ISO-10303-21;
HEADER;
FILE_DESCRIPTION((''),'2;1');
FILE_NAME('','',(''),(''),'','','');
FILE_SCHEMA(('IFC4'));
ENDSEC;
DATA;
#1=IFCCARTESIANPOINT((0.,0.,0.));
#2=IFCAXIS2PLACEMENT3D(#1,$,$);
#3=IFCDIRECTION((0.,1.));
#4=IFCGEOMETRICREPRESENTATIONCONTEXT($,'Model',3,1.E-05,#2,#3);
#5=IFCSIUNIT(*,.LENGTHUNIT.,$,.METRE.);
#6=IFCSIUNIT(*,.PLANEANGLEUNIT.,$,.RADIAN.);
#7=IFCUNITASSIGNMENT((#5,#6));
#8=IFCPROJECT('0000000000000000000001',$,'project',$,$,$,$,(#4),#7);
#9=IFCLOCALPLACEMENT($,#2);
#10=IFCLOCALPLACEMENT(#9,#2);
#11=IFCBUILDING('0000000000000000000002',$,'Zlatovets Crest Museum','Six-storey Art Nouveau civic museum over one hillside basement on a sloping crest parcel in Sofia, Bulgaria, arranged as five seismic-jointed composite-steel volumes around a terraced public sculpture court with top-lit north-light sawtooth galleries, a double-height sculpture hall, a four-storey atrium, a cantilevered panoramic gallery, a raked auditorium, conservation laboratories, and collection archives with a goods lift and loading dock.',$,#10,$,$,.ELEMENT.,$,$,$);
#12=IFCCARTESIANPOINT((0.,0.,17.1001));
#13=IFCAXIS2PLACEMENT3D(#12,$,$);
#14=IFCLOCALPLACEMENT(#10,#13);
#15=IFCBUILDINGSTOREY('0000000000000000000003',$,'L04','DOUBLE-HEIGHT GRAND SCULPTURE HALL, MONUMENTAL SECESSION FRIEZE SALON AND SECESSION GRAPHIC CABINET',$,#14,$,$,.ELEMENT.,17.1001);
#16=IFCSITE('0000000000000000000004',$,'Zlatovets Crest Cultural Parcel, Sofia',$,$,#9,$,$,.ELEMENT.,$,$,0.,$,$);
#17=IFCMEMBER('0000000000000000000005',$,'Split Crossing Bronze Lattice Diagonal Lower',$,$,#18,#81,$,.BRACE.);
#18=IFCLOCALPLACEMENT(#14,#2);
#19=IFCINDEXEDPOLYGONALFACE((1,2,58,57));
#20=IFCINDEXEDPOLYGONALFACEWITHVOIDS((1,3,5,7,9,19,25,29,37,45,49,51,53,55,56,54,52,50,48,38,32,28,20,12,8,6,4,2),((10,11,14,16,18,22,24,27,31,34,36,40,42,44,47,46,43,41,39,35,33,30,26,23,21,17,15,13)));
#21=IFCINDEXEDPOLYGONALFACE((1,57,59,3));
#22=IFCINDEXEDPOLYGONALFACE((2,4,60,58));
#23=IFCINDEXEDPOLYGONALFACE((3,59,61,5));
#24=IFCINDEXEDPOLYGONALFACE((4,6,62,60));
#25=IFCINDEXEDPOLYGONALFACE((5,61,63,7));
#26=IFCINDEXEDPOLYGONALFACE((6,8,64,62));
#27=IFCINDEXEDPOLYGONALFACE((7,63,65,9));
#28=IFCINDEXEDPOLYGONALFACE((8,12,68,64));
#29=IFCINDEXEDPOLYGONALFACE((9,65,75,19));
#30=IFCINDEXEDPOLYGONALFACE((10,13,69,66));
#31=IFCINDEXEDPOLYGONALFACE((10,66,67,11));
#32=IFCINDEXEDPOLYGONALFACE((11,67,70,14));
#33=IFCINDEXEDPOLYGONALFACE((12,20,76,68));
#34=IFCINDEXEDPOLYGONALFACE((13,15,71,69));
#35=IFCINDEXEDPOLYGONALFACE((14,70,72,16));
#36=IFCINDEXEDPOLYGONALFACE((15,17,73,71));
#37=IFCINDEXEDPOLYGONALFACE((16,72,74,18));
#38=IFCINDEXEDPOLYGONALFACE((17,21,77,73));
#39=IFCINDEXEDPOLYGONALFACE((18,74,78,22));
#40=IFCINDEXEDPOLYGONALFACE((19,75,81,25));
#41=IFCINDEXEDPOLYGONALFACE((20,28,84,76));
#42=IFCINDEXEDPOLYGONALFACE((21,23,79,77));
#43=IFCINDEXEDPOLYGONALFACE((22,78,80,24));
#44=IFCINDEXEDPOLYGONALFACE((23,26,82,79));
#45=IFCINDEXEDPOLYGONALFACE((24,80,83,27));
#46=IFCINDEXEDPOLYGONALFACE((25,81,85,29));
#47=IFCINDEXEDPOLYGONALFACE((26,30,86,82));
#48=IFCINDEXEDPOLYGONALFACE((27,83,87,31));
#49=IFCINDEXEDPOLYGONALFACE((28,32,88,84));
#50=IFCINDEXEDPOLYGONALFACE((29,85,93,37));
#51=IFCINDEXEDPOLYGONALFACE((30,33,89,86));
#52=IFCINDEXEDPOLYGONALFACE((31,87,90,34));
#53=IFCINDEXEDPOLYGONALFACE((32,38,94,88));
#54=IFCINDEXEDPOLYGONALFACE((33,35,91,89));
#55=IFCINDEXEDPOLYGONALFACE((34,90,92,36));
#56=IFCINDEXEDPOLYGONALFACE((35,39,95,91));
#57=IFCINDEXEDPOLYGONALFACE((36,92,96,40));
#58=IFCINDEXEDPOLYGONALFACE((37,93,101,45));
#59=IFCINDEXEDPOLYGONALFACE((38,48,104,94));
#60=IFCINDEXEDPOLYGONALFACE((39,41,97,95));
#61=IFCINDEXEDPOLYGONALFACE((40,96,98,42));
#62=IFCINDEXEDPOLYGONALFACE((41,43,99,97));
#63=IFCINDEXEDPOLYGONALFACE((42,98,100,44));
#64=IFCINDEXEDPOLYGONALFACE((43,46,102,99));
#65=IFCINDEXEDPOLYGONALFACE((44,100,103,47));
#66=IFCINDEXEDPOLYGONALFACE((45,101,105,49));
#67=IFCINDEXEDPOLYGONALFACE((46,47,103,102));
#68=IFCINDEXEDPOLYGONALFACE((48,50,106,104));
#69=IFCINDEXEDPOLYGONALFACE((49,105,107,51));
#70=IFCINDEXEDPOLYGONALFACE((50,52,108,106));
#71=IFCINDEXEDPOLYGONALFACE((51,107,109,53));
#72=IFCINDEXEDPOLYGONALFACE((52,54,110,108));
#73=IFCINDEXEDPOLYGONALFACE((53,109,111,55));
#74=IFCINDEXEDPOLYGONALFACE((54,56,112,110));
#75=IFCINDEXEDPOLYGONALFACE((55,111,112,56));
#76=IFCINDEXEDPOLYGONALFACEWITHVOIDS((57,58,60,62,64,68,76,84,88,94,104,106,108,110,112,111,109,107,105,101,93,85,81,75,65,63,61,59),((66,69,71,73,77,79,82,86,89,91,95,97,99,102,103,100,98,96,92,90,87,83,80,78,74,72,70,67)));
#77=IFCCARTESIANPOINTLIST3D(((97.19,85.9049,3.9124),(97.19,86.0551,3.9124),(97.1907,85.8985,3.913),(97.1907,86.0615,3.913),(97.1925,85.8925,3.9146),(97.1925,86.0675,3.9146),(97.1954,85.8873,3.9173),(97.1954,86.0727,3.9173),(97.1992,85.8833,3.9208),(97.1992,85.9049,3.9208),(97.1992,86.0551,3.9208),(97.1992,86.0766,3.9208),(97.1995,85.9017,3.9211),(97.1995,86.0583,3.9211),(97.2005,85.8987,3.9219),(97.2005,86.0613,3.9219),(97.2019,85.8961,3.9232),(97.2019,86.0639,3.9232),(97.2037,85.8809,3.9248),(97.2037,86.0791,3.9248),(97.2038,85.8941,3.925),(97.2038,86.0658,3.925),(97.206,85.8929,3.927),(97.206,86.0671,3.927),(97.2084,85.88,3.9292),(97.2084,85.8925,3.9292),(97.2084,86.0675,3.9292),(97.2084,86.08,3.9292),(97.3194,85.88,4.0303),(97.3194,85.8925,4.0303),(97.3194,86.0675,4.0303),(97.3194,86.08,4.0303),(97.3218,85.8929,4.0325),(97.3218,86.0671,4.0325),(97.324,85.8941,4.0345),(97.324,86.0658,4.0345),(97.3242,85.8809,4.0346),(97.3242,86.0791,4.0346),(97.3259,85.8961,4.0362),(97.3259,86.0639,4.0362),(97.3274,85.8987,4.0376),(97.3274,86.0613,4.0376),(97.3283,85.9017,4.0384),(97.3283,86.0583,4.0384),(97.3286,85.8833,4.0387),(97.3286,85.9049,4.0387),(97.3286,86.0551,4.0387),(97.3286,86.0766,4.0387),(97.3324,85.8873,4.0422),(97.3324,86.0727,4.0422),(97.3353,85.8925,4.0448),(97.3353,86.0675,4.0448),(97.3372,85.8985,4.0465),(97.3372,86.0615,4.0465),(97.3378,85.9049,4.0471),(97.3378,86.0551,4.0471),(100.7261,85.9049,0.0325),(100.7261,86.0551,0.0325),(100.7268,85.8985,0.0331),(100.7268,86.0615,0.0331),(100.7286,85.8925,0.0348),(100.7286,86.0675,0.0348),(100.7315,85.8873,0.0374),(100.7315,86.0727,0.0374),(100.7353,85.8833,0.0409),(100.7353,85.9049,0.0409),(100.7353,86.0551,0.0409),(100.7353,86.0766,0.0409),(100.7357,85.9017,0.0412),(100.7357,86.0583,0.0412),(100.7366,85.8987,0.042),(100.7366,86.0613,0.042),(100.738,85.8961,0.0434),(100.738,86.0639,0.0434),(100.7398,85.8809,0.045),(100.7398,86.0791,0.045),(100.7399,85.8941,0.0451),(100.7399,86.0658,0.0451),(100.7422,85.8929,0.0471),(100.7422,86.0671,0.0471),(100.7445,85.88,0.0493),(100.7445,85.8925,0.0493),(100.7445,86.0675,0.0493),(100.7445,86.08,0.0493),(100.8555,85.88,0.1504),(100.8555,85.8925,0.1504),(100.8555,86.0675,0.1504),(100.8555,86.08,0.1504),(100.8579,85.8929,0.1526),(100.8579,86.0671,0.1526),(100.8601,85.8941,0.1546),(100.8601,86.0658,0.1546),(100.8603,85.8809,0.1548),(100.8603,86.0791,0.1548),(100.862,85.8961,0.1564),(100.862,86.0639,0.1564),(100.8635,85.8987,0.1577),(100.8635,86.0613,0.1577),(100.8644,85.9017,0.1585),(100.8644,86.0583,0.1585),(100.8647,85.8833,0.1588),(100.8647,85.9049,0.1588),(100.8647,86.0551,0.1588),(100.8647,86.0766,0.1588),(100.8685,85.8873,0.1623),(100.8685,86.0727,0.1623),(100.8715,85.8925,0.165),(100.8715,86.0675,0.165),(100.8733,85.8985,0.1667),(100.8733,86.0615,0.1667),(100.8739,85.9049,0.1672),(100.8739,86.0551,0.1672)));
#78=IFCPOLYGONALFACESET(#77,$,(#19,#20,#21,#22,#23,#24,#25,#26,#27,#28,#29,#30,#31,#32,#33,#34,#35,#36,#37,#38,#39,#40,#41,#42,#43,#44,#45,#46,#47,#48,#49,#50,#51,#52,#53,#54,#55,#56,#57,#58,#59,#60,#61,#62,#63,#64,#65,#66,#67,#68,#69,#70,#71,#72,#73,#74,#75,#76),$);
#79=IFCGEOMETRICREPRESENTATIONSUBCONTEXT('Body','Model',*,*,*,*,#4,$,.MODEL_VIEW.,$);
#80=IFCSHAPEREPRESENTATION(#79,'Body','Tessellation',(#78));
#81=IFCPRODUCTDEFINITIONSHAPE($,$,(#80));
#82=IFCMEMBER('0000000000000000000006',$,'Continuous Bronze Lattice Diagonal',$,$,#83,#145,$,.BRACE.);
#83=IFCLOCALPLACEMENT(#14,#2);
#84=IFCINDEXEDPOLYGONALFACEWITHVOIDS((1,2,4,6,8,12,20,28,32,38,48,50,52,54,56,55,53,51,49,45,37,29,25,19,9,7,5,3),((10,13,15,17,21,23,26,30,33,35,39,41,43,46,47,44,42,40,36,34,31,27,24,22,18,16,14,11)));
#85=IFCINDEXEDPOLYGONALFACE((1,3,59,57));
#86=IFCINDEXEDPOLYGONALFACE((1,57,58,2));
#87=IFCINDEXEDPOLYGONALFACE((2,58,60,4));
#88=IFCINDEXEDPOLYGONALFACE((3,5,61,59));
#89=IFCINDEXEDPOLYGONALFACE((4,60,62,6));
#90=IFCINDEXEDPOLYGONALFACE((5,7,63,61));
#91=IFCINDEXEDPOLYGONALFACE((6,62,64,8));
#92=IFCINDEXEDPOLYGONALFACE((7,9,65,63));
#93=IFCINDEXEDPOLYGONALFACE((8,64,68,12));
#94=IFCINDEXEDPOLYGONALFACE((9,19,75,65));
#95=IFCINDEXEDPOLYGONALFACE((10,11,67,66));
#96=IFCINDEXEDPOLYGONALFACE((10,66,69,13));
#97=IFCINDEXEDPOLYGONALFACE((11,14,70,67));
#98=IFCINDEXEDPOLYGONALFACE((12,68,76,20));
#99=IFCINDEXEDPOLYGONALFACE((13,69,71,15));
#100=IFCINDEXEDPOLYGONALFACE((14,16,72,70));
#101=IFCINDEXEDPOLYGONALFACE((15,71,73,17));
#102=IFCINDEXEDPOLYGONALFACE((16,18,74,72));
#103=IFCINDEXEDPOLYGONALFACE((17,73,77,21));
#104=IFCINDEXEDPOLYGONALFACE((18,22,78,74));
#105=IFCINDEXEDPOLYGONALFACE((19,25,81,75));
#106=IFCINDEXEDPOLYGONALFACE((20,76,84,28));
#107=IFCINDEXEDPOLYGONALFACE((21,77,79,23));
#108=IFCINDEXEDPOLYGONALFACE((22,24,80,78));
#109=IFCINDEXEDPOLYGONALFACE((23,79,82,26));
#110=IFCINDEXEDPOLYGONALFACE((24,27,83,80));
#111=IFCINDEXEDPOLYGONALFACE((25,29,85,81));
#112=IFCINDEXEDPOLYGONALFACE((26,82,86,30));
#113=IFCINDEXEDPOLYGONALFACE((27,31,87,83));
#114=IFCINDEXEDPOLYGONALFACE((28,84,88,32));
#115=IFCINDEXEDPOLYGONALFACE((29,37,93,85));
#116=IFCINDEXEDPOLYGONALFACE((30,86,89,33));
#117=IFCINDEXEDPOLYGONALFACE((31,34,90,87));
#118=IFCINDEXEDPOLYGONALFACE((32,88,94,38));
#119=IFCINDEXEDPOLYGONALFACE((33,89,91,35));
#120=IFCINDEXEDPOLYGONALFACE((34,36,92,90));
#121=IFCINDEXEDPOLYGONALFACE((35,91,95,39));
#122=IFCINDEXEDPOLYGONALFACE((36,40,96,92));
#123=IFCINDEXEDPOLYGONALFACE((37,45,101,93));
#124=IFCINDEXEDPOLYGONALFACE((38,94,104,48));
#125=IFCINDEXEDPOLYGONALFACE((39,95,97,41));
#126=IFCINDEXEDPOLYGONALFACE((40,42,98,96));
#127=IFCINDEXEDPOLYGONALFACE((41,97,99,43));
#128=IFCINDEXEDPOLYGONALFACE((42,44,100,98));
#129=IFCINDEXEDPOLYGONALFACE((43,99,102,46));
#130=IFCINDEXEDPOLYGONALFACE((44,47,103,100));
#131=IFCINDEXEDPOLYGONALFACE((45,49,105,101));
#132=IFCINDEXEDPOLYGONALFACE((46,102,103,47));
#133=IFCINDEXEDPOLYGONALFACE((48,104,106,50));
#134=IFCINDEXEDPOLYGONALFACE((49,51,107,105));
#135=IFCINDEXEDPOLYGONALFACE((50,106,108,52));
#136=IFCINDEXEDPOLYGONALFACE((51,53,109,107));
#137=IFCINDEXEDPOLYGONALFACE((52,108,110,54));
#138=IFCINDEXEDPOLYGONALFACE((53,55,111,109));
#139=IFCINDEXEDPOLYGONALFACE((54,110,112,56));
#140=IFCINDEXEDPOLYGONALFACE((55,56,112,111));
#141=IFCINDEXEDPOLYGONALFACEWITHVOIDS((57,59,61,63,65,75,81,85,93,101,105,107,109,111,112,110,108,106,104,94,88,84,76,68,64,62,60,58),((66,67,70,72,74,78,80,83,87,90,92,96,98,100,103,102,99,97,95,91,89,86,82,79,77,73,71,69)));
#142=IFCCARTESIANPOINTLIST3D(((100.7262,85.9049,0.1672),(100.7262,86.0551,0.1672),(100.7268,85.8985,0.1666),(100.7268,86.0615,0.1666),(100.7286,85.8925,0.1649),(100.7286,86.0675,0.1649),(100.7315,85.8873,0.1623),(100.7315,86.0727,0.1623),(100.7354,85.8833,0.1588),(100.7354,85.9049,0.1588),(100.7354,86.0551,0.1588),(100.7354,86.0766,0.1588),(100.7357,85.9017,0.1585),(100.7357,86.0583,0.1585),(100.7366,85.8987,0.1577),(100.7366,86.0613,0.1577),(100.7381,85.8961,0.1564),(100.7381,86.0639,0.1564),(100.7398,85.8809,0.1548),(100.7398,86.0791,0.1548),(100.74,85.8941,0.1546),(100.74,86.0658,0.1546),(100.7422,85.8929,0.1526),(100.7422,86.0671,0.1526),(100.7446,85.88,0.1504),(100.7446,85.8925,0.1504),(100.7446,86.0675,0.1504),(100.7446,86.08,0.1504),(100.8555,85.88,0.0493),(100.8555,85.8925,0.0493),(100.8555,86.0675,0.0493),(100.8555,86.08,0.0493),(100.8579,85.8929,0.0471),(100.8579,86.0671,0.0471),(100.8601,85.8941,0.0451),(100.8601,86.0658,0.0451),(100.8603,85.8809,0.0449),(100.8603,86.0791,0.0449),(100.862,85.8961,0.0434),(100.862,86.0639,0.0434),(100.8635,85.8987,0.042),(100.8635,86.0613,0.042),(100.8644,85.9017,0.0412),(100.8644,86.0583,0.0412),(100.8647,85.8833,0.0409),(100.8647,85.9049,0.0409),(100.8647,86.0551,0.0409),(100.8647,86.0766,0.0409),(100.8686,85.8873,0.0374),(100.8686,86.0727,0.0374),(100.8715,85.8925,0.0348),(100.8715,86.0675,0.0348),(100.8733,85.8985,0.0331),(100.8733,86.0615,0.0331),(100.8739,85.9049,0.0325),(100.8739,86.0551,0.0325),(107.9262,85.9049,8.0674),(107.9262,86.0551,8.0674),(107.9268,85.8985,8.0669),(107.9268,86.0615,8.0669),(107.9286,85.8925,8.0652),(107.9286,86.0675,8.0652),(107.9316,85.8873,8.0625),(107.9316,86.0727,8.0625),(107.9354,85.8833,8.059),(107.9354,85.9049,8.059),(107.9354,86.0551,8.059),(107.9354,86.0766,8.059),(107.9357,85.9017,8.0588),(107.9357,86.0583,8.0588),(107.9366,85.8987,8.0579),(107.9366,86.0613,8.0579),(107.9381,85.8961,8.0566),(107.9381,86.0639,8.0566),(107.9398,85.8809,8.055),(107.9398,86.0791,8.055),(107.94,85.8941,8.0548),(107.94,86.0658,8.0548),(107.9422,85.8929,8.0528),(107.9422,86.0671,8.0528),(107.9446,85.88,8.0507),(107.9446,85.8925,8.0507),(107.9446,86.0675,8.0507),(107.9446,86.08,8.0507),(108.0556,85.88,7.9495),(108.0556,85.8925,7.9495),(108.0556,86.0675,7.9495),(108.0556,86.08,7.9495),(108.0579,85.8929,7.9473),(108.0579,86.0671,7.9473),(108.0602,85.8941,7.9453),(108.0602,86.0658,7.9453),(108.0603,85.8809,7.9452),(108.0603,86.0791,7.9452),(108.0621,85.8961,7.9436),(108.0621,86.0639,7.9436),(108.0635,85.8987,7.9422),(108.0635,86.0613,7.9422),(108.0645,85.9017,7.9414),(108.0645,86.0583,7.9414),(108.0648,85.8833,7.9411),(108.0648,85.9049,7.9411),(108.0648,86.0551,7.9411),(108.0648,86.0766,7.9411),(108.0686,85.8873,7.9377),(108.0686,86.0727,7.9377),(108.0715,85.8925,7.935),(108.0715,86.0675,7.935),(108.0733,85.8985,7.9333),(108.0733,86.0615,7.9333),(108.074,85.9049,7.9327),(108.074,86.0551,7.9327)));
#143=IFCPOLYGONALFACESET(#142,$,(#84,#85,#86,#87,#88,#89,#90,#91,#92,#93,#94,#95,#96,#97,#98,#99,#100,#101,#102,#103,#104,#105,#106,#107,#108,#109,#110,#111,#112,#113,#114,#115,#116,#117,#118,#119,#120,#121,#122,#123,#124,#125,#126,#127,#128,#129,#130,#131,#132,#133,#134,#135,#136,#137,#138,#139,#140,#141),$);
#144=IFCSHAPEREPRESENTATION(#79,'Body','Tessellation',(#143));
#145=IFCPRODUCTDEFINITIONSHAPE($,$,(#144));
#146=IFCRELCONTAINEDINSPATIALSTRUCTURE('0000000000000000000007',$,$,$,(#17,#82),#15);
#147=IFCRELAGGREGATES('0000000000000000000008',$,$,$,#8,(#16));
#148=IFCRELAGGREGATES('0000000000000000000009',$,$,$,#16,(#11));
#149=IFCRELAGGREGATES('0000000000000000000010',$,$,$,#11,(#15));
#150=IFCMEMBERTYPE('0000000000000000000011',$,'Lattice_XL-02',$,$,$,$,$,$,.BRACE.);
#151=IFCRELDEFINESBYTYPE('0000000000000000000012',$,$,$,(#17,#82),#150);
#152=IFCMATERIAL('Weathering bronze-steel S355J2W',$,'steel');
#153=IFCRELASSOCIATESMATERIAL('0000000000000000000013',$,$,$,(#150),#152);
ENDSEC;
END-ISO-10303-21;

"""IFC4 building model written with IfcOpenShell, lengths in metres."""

from ifc_helpers import new_model, si_unit, direction, frame, origin, origin_2d, place, context, subcontext, project, spatial, hollow_rectangle, extrude, material, material_profile, profile_set, type_object, element, save


model = new_model("IFC4")

# Units and contexts
model_context = context("Model", 3, precision=1e-05, world=origin(), true_north=direction((0.0, 1.0)))
body_context = subcontext(model_context, "Body", "Model", "MODEL_VIEW")
ifc_project = project(units=[si_unit("LENGTHUNIT", "METRE"), si_unit("PLANEANGLEUNIT", "RADIAN")], contexts=[model_context])

# Site, building, storey
site_placement = place(None, origin())
site = spatial("IfcSite", under=ifc_project, at=site_placement, Name="Zlatovets Crest Cultural Parcel, Sofia", CompositionType="ELEMENT", RefElevation=0.0)
building_placement = place(site_placement, origin())
building = spatial("IfcBuilding", under=site, at=building_placement, Name="Zlatovets Crest Museum", Description="Six-storey Art Nouveau civic museum over one hillside basement on a sloping crest parcel in Sofia, Bulgaria, arranged as five seismic-jointed composite-steel volumes around a terraced public sculpture court with top-lit north-light sawtooth galleries, a double-height sculpture hall, a four-storey atrium, a cantilevered panoramic gallery, a raked auditorium, conservation laboratories, and collection archives with a goods lift and loading dock.", CompositionType="ELEMENT")
storey_placement = place(building_placement, frame((0.0, 0.0, 17.1001)))
storey = spatial("IfcBuildingStorey", under=building, at=storey_placement, Name="L04", Description="DOUBLE-HEIGHT GRAND SCULPTURE HALL, MONUMENTAL SECESSION FRIEZE SALON AND SECESSION GRAPHIC CABINET", CompositionType="ELEMENT", Elevation=17.1001)

# Members
ifc_material_1 = material(Name="Weathering bronze-steel S355J2W", Category="steel")
ifc_material_profile_1 = material_profile(ifc_material_1, hollow_rectangle(XDim=0.2, YDim=0.2, WallThickness=0.0125, InnerFilletRadius=0.0125, OuterFilletRadius=0.0249, at=origin_2d()), Name="SHS 200x200x12.5")
ifc_profile_set_1 = profile_set([ifc_material_profile_1], Name="Weathering bronze-steel S355J2W")
member_type_1 = type_object("IfcMemberType", Name="Lattice_XL-02", PredefinedType="BRACE", material=ifc_profile_set_1)
member_1_placement = place(storey_placement, frame((97.2639, 85.98, 3.9797), z_axis=(0.673607, 0.0, -0.739089), x_axis=(0.0, 1.0, 0.0)))
element("IfcMember", 1, at=member_1_placement, inside=storey, type_object=member_type_1, Name="Split Crossing Bronze Lattice Diagonal Lower", PredefinedType="BRACE", context=body_context, shape_type="SweptSolid", body=[
    extrude(hollow_rectangle(XDim=0.2, YDim=0.2, WallThickness=0.0125, InnerFilletRadius=0.0125, OuterFilletRadius=0.0249, at=origin_2d()), origin(), (0.0, 0.0, 1.0), 5.2495),
])
member_2_placement = place(storey_placement, frame((100.8, 85.98, 0.0999), z_axis=(0.673594, 0.0, 0.739101), x_axis=(0.0, 1.0, 0.0)))
element("IfcMember", 2, at=member_2_placement, inside=storey, type_object=member_type_1, Name="Continuous Bronze Lattice Diagonal", PredefinedType="BRACE", context=body_context, shape_type="SweptSolid", body=[
    extrude(hollow_rectangle(XDim=0.2, YDim=0.2, WallThickness=0.0125, InnerFilletRadius=0.0125, OuterFilletRadius=0.0249, at=origin_2d()), origin(), (0.0, 0.0, 1.0), 10.689),
])

save(model, "model.ifc")
